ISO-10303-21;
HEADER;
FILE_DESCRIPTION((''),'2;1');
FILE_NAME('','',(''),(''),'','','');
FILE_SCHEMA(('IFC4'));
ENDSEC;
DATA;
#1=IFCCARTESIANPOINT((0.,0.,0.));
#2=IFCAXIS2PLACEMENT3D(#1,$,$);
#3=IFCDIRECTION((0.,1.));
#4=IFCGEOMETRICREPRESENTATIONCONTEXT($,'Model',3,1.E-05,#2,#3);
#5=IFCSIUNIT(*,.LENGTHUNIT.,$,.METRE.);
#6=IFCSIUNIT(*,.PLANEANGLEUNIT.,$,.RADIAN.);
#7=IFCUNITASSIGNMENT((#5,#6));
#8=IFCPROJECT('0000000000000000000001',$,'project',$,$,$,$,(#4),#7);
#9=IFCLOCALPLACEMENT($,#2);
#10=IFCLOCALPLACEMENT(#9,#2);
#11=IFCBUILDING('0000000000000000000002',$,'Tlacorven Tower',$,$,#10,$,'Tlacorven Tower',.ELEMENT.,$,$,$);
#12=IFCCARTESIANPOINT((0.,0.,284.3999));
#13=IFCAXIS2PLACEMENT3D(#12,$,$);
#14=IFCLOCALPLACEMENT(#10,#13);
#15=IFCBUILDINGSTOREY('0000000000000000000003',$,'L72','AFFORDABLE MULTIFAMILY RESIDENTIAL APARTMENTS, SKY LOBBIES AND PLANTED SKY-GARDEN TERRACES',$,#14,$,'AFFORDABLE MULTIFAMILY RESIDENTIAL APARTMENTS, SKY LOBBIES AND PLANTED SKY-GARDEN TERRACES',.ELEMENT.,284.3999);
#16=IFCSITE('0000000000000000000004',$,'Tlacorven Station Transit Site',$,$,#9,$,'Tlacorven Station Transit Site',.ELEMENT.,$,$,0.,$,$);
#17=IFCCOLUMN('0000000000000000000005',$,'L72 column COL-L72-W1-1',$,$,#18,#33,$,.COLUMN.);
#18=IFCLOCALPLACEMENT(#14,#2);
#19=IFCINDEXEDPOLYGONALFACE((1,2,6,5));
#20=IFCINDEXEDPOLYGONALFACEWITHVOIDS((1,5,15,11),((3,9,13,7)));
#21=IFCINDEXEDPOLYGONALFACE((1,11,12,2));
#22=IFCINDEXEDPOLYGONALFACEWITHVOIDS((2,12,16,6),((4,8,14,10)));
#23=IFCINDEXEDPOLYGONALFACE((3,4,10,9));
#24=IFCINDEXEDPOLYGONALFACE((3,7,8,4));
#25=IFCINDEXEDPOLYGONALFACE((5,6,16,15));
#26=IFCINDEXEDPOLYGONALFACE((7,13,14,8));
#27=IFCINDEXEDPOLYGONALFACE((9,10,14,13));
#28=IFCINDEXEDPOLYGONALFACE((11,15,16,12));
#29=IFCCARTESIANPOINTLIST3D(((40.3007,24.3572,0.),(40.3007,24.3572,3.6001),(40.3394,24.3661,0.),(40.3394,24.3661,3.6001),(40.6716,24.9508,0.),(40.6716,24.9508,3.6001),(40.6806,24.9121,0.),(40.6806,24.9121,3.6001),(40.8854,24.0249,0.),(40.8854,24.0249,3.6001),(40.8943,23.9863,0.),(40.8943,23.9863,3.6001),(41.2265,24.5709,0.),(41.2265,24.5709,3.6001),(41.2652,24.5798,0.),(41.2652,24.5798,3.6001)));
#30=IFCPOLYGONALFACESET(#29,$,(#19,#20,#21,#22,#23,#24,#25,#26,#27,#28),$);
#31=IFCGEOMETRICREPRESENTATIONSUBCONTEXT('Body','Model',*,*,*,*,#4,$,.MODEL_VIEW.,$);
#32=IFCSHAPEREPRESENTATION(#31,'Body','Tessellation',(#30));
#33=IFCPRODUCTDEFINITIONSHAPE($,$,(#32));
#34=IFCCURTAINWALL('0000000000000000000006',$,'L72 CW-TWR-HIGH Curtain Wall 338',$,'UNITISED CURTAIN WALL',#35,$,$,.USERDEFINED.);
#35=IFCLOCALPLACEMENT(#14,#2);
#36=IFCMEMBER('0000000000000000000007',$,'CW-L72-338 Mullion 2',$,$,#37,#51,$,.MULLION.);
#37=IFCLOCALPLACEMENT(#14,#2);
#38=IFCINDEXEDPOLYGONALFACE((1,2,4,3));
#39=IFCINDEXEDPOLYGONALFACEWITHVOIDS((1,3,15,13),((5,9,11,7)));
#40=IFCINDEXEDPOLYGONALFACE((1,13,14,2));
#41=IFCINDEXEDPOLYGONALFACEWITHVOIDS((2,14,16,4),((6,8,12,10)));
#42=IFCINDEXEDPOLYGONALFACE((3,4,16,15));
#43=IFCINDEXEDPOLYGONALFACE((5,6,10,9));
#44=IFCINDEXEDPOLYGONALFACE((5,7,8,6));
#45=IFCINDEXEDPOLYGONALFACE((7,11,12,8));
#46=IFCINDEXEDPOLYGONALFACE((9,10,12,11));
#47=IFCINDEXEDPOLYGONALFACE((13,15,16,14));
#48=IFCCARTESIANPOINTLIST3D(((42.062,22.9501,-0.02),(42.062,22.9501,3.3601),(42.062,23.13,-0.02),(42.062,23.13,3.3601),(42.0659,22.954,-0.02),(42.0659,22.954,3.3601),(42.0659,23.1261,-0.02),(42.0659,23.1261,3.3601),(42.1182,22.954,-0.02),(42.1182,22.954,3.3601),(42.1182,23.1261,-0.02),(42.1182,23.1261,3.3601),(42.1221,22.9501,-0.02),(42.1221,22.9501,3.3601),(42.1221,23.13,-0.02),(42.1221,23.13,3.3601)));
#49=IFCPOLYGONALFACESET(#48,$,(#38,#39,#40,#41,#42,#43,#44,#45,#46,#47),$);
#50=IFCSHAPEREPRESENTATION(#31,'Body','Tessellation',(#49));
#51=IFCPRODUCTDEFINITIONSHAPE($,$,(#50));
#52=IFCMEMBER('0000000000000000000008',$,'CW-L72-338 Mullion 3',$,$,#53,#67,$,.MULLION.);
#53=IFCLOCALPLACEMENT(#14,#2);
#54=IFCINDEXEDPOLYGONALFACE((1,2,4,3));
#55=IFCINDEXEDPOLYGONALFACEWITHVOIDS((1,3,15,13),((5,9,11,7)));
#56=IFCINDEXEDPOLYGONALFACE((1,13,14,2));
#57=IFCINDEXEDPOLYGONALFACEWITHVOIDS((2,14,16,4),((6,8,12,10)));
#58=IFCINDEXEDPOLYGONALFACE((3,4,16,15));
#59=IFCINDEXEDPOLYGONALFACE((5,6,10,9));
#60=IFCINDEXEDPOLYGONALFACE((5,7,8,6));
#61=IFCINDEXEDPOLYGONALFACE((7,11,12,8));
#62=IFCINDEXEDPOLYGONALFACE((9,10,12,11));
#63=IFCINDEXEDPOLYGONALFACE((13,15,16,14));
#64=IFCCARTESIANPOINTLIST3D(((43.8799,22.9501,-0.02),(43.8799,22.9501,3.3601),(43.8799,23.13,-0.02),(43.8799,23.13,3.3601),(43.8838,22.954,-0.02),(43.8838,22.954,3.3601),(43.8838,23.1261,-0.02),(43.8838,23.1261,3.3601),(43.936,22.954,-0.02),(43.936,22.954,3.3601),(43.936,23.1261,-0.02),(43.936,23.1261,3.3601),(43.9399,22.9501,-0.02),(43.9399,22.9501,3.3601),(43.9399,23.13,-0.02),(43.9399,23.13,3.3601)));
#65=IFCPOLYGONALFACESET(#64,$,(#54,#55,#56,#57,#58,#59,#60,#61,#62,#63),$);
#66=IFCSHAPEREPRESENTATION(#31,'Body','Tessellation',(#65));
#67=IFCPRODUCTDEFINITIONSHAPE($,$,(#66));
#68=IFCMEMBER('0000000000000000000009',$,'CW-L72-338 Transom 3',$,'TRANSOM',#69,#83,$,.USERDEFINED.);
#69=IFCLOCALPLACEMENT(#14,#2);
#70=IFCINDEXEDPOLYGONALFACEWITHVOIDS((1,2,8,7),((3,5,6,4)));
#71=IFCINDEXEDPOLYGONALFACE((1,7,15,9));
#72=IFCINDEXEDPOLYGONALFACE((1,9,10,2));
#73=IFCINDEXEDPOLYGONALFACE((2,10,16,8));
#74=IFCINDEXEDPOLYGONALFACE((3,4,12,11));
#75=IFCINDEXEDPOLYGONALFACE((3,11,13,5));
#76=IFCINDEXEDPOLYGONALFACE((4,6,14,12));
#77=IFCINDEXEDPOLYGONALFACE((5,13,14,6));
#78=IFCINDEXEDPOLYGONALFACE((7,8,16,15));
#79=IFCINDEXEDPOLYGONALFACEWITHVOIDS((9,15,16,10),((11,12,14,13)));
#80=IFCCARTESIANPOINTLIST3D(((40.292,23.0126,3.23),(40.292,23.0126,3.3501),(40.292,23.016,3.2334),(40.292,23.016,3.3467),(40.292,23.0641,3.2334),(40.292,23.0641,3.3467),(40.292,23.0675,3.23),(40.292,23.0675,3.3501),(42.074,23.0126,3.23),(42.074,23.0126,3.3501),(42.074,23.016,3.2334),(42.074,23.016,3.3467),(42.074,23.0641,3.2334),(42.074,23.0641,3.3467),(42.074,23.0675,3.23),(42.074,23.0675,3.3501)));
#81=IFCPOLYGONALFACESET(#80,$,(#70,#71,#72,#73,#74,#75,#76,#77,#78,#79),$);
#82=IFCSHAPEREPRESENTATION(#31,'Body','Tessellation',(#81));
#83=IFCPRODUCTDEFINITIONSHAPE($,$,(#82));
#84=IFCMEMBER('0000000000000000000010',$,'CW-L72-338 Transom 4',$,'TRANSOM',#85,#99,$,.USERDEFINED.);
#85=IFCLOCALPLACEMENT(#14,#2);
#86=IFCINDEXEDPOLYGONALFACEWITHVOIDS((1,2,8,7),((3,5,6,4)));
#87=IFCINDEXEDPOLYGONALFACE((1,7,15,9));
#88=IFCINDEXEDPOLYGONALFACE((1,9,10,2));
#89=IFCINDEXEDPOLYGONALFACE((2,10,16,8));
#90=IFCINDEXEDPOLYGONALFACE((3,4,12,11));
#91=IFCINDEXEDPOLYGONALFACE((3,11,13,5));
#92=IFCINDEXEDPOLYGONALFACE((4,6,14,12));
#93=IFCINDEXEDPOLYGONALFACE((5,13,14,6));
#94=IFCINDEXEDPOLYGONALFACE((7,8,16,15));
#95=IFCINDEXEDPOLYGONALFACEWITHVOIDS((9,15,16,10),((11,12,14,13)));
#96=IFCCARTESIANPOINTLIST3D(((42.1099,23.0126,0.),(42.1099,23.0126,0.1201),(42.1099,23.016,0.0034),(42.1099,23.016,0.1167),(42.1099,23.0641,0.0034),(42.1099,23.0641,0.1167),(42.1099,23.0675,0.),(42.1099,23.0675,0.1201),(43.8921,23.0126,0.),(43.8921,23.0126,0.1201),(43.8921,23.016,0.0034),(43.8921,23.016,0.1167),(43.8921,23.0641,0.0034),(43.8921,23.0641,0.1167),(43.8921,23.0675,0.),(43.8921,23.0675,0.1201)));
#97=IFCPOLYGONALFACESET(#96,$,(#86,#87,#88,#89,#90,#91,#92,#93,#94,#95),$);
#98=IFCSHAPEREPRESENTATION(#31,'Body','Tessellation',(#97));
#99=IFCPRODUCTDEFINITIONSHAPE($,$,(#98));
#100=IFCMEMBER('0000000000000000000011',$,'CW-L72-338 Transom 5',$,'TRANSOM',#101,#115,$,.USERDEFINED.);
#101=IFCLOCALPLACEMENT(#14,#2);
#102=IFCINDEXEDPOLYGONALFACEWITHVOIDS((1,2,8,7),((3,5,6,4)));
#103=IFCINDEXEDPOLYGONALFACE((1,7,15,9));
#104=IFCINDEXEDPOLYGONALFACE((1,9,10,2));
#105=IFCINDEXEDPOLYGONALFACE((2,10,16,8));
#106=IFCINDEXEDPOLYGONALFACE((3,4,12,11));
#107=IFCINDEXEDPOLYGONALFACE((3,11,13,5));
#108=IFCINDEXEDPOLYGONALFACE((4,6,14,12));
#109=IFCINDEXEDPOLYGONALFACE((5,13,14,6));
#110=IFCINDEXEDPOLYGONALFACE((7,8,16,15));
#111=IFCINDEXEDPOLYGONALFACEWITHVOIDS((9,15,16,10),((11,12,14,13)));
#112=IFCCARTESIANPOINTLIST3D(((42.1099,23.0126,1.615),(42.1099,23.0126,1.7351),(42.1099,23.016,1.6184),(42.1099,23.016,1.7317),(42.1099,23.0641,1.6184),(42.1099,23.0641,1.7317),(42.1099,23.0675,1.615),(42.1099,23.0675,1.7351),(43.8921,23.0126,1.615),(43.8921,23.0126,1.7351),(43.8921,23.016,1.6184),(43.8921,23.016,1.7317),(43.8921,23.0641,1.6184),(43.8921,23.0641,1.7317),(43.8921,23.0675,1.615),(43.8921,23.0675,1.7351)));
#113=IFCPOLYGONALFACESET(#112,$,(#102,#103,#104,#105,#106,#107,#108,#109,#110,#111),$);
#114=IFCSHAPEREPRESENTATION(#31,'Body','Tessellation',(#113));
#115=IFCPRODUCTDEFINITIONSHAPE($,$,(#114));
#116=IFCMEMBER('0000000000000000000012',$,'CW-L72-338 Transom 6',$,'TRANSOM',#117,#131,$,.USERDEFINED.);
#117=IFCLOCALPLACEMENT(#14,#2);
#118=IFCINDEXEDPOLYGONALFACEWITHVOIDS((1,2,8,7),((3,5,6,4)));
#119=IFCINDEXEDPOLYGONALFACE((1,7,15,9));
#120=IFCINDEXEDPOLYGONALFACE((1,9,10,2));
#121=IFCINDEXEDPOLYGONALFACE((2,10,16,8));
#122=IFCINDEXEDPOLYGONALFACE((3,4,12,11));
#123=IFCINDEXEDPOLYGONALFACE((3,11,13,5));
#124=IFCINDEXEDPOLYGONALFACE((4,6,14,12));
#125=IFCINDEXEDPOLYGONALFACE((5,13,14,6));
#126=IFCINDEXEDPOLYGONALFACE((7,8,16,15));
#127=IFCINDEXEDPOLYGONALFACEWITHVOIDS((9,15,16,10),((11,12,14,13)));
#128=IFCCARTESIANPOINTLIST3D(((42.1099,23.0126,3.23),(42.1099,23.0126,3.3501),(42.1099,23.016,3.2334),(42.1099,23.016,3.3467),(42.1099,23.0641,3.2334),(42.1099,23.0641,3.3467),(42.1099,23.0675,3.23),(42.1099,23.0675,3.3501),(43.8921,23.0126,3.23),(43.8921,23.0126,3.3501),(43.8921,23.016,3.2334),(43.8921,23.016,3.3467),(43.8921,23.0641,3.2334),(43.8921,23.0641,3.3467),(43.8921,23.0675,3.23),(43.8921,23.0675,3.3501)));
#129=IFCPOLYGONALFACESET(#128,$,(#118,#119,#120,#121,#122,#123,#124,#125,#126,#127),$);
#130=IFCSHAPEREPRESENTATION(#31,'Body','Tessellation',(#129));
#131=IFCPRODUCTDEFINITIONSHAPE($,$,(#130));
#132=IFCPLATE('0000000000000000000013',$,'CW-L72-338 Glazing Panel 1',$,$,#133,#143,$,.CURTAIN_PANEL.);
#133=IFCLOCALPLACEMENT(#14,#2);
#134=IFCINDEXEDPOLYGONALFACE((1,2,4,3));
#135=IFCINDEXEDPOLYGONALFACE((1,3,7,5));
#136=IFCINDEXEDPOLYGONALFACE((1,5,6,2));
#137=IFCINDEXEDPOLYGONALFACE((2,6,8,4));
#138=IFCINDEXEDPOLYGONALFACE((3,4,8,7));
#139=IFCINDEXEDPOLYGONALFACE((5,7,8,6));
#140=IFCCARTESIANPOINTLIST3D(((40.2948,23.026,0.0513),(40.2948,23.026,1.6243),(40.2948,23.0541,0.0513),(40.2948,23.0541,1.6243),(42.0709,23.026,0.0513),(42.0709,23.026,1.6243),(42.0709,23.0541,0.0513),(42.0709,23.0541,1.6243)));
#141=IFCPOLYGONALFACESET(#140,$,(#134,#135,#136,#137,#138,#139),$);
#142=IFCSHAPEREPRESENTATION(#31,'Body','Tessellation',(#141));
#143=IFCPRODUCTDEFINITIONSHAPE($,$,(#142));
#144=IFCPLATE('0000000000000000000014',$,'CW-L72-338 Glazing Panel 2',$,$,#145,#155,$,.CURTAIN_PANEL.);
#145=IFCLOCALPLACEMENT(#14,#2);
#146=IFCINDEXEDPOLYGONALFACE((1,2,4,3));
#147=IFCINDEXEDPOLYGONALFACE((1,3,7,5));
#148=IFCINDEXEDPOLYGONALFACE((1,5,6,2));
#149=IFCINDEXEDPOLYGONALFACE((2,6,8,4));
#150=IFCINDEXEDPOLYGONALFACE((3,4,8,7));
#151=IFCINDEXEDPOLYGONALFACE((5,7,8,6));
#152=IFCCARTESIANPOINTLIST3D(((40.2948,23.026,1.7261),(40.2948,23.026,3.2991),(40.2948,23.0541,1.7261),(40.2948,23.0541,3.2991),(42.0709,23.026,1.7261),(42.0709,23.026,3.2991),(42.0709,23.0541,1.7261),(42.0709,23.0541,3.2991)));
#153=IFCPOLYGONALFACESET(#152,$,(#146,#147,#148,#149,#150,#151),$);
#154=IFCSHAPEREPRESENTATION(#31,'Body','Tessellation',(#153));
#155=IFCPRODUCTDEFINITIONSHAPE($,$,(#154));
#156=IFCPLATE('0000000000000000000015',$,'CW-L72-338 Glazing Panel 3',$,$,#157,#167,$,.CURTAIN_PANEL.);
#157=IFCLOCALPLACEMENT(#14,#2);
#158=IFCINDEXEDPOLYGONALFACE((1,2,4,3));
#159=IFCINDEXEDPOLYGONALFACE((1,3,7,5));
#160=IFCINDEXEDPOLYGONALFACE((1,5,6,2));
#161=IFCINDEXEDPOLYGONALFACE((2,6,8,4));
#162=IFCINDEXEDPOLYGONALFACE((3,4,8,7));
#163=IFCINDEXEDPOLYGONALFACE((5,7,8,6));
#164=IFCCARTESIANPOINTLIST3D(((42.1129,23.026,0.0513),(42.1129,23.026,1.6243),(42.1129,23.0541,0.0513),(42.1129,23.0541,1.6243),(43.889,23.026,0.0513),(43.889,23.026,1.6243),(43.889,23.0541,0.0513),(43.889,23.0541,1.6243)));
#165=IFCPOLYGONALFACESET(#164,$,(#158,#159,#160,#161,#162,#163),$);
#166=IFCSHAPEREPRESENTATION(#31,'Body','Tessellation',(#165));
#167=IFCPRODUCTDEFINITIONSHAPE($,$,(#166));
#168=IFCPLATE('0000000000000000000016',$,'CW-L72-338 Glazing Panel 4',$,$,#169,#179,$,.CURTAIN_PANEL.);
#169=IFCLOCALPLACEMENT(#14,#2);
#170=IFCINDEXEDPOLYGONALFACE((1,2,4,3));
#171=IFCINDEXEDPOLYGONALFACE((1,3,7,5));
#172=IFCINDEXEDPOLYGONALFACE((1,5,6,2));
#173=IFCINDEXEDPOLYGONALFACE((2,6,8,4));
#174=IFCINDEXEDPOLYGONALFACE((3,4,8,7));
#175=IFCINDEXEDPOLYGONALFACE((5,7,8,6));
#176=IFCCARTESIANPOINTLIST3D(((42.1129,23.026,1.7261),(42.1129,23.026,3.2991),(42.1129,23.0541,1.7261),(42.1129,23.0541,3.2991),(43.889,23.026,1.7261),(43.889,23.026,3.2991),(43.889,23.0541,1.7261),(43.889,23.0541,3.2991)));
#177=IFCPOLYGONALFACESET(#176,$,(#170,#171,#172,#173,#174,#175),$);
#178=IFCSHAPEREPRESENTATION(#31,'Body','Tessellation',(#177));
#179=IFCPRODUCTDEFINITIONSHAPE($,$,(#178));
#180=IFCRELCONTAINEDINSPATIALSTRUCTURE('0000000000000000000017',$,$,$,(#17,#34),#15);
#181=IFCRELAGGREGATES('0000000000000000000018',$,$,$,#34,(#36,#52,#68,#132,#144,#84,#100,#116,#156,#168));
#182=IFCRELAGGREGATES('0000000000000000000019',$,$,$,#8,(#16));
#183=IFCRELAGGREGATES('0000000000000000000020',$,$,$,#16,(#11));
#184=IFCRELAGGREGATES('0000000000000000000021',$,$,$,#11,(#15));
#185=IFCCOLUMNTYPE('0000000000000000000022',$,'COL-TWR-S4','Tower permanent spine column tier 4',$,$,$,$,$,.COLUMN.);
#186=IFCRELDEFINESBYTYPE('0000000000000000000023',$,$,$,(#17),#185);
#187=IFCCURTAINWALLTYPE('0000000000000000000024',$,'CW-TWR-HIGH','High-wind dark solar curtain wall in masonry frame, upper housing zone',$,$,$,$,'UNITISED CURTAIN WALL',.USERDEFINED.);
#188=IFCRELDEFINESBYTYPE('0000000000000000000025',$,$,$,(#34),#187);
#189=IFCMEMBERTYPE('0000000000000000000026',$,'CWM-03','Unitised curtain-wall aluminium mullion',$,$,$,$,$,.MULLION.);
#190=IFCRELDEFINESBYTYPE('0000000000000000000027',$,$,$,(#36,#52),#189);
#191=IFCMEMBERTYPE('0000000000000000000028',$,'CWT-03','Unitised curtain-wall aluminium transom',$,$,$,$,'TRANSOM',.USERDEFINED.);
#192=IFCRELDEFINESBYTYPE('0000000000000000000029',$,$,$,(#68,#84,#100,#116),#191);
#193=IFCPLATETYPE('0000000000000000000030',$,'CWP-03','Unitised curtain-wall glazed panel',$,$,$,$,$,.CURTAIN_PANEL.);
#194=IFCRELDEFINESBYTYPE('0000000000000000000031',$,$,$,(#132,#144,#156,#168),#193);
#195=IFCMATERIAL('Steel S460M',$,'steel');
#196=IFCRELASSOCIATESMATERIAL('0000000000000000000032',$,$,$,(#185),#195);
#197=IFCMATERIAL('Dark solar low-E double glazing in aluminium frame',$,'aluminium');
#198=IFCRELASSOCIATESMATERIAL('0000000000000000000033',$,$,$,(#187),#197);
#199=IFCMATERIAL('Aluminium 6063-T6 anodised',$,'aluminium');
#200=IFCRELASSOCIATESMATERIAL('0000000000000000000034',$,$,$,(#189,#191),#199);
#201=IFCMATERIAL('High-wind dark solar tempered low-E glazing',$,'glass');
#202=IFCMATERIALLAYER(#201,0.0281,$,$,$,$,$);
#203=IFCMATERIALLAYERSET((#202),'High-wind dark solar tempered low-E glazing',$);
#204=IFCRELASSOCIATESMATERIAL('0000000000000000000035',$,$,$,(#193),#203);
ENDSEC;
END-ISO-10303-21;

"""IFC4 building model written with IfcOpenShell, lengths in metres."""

from ifc_helpers import new_model, si_unit, direction, frame, origin, origin_2d, place, context, subcontext, project, spatial, rectangle, hollow_rectangle, extrude, source, transform, mapped, material, layer, layer_set, material_profile, profile_set, type_object, element, aggregate, save


model = new_model("IFC4")

# Units and contexts
model_context = context("Model", 3, precision=1e-05, world=origin(), true_north=direction((0.0, 1.0)))
body_context = subcontext(model_context, "Body", "Model", "MODEL_VIEW")
ifc_project = project(units=[si_unit("LENGTHUNIT", "METRE"), si_unit("PLANEANGLEUNIT", "RADIAN")], contexts=[model_context])

# Site, building, storey
site_placement = place(None, origin())
site = spatial("IfcSite", under=ifc_project, at=site_placement, Name="Tlacorven Station Transit Site", LongName="Tlacorven Station Transit Site", CompositionType="ELEMENT", RefElevation=0.0)
building_placement = place(site_placement, origin())
building = spatial("IfcBuilding", under=site, at=building_placement, Name="Tlacorven Tower", LongName="Tlacorven Tower", CompositionType="ELEMENT")
storey_placement = place(building_placement, frame((0.0, 0.0, 284.3999)))
storey = spatial("IfcBuildingStorey", under=building, at=storey_placement, Name="L72", Description="AFFORDABLE MULTIFAMILY RESIDENTIAL APARTMENTS, SKY LOBBIES AND PLANTED SKY-GARDEN TERRACES", LongName="AFFORDABLE MULTIFAMILY RESIDENTIAL APARTMENTS, SKY LOBBIES AND PLANTED SKY-GARDEN TERRACES", CompositionType="ELEMENT", Elevation=284.3999)

# Column
ifc_material_1 = material(Name="Steel S460M", Category="steel")
ifc_material_profile_1 = material_profile(ifc_material_1, hollow_rectangle(XDim=0.7, YDim=0.7, WallThickness=0.0281, at=origin_2d()), Name="BOX 700X700X28")
ifc_profile_set_1 = profile_set([ifc_material_profile_1], Name="Steel S460M")
column_type = type_object("IfcColumnType", Name="COL-TWR-S4", Description="Tower permanent spine column tier 4", PredefinedType="COLUMN", material=ifc_profile_set_1)
shared_shape_1 = source(origin(), body_context, "Body", "SweptSolid", [
    extrude(hollow_rectangle(XDim=0.7, YDim=0.7, WallThickness=0.0281, at=origin_2d()), origin(), (0.0, 0.0, 1.0), 3.6001),
])
column_placement = place(storey_placement, frame((40.783, 24.4685, 0.0), z_axis=(0.0, 0.0, 1.0), x_axis=(-0.848048, 0.529919, 0.0)))
element("IfcColumn", 1, at=column_placement, inside=storey, type_object=column_type, Name="L72 column COL-L72-W1-1", PredefinedType="COLUMN", context=body_context, shape_type="MappedRepresentation", body=[
    mapped(shared_shape_1, transform((0.0, 0.0, 0.0), scale=1.0)),
])

# Curtain wall, members, plates
ifc_material_2 = material(Name="Dark solar low-E double glazing in aluminium frame", Category="aluminium")
curtain_wall_type = type_object("IfcCurtainWallType", Name="CW-TWR-HIGH", Description="High-wind dark solar curtain wall in masonry frame, upper housing zone", ElementType="UNITISED CURTAIN WALL", PredefinedType="USERDEFINED", material=ifc_material_2)
curtain_wall_placement = place(storey_placement, origin())
curtain_wall = element("IfcCurtainWall", 2, at=curtain_wall_placement, inside=storey, type_object=curtain_wall_type, Name="L72 CW-TWR-HIGH Curtain Wall 338", ObjectType="UNITISED CURTAIN WALL", PredefinedType="USERDEFINED")
ifc_material_3 = material(Name="Aluminium 6063-T6 anodised", Category="aluminium")
ifc_material_profile_2 = material_profile(ifc_material_3, hollow_rectangle(XDim=0.0601, YDim=0.1799, WallThickness=0.0039, at=origin_2d()), Name="ALU MULLION 60X180")
ifc_profile_set_2 = profile_set([ifc_material_profile_2], Name="Aluminium 6063-T6 anodised")
member_type_1 = type_object("IfcMemberType", Name="CWM-03", Description="Unitised curtain-wall aluminium mullion", PredefinedType="MULLION", material=ifc_profile_set_2)
shared_shape_2 = source(origin(), body_context, "Body", "SweptSolid", [
    extrude(hollow_rectangle(XDim=0.0601, YDim=0.1799, WallThickness=0.0039, at=origin_2d()), origin(), (0.0, 0.0, 1.0), 3.3801),
])
member_1_placement = place(storey_placement, frame((42.092, 23.04, -0.02), z_axis=(0.0, 0.0, 1.0), x_axis=(1.0, 0.0, 0.0)))
member_1 = element("IfcMember", 3, at=member_1_placement, type_object=member_type_1, Name="CW-L72-338 Mullion 2", PredefinedType="MULLION", context=body_context, shape_type="MappedRepresentation", body=[
    mapped(shared_shape_2, transform((0.0, 0.0, 0.0), scale=1.0)),
])
member_2_placement = place(storey_placement, frame((43.9099, 23.04, -0.02), z_axis=(0.0, 0.0, 1.0), x_axis=(1.0, 0.0, 0.0)))
member_2 = element("IfcMember", 4, at=member_2_placement, type_object=member_type_1, Name="CW-L72-338 Mullion 3", PredefinedType="MULLION", context=body_context, shape_type="MappedRepresentation", body=[
    mapped(shared_shape_2, transform((0.0, 0.0, 0.0), scale=1.0)),
])
ifc_material_profile_3 = material_profile(ifc_material_3, hollow_rectangle(XDim=0.0549, YDim=0.1201, WallThickness=0.0034, at=origin_2d()), Name="ALU TRANSOM 55X120")
ifc_profile_set_3 = profile_set([ifc_material_profile_3], Name="Aluminium 6063-T6 anodised")
member_type_2 = type_object("IfcMemberType", Name="CWT-03", Description="Unitised curtain-wall aluminium transom", ElementType="TRANSOM", PredefinedType="USERDEFINED", material=ifc_profile_set_3)
shared_shape_3 = source(origin(), body_context, "Body", "SweptSolid", [
    extrude(hollow_rectangle(XDim=0.0549, YDim=0.1201, WallThickness=0.0034, at=origin_2d()), origin(), (0.0, 0.0, 1.0), 1.782),
])
member_3_placement = place(storey_placement, frame((40.292, 23.04, 3.29), z_axis=(1.0, 0.0, 0.0), x_axis=(0.0, 1.0, 0.0)))
member_3 = element("IfcMember", 5, at=member_3_placement, type_object=member_type_2, Name="CW-L72-338 Transom 3", ObjectType="TRANSOM", PredefinedType="USERDEFINED", context=body_context, shape_type="MappedRepresentation", body=[
    mapped(shared_shape_3, transform((0.0, 0.0, 0.0), scale=1.0)),
])
shared_shape_4 = source(origin(), body_context, "Body", "SweptSolid", [
    extrude(hollow_rectangle(XDim=0.0549, YDim=0.1201, WallThickness=0.0034, at=origin_2d()), origin(), (0.0, 0.0, 1.0), 1.7822),
])
member_4_placement = place(storey_placement, frame((42.1099, 23.04, 0.0601), z_axis=(1.0, 0.0, 0.0), x_axis=(0.0, 1.0, 0.0)))
member_4 = element("IfcMember", 6, at=member_4_placement, type_object=member_type_2, Name="CW-L72-338 Transom 4", ObjectType="TRANSOM", PredefinedType="USERDEFINED", context=body_context, shape_type="MappedRepresentation", body=[
    mapped(shared_shape_4, transform((0.0, 0.0, 0.0), scale=1.0)),
])
member_5_placement = place(storey_placement, frame((42.1099, 23.04, 1.675), z_axis=(1.0, 0.0, 0.0), x_axis=(0.0, 1.0, 0.0)))
member_5 = element("IfcMember", 7, at=member_5_placement, type_object=member_type_2, Name="CW-L72-338 Transom 5", ObjectType="TRANSOM", PredefinedType="USERDEFINED", context=body_context, shape_type="MappedRepresentation", body=[
    mapped(shared_shape_4, transform((0.0, 0.0, 0.0), scale=1.0)),
])
member_6_placement = place(storey_placement, frame((42.1099, 23.04, 3.29), z_axis=(1.0, 0.0, 0.0), x_axis=(0.0, 1.0, 0.0)))
member_6 = element("IfcMember", 8, at=member_6_placement, type_object=member_type_2, Name="CW-L72-338 Transom 6", ObjectType="TRANSOM", PredefinedType="USERDEFINED", context=body_context, shape_type="MappedRepresentation", body=[
    mapped(shared_shape_4, transform((0.0, 0.0, 0.0), scale=1.0)),
])
ifc_material_4 = material(Name="High-wind dark solar tempered low-E glazing", Category="glass")
ifc_layer_1 = layer(ifc_material_4, 0.0281)
ifc_layer_set_1 = layer_set([ifc_layer_1], Name="High-wind dark solar tempered low-E glazing")
plate_type = type_object("IfcPlateType", Name="CWP-03", Description="Unitised curtain-wall glazed panel", PredefinedType="CURTAIN_PANEL", material=ifc_layer_set_1)
shared_shape_5 = source(origin(), body_context, "Body", "SweptSolid", [
    extrude(rectangle(XDim=1.7761, YDim=0.0281, at=origin_2d()), origin(), (0.0, 0.0, 1.0), 1.573),
])
plate_1_placement = place(storey_placement, frame((41.1829, 23.04, 0.0513), z_axis=(0.0, 0.0, 1.0), x_axis=(1.0, 0.0, 0.0)))
plate_1 = element("IfcPlate", 9, at=plate_1_placement, type_object=plate_type, Name="CW-L72-338 Glazing Panel 1", PredefinedType="CURTAIN_PANEL", context=body_context, shape_type="MappedRepresentation", body=[
    mapped(shared_shape_5, transform((0.0, 0.0, 0.0), scale=1.0)),
])
plate_2_placement = place(storey_placement, frame((41.1829, 23.04, 1.7261), z_axis=(0.0, 0.0, 1.0), x_axis=(1.0, 0.0, 0.0)))
plate_2 = element("IfcPlate", 10, at=plate_2_placement, type_object=plate_type, Name="CW-L72-338 Glazing Panel 2", PredefinedType="CURTAIN_PANEL", context=body_context, shape_type="MappedRepresentation", body=[
    mapped(shared_shape_5, transform((0.0, 0.0, 0.0), scale=1.0)),
])
plate_3_placement = place(storey_placement, frame((43.001, 23.04, 0.0513), z_axis=(0.0, 0.0, 1.0), x_axis=(1.0, 0.0, 0.0)))
plate_3 = element("IfcPlate", 11, at=plate_3_placement, type_object=plate_type, Name="CW-L72-338 Glazing Panel 3", PredefinedType="CURTAIN_PANEL", context=body_context, shape_type="MappedRepresentation", body=[
    mapped(shared_shape_5, transform((0.0, 0.0, 0.0), scale=1.0)),
])
plate_4_placement = place(storey_placement, frame((43.001, 23.04, 1.7261), z_axis=(0.0, 0.0, 1.0), x_axis=(1.0, 0.0, 0.0)))
plate_4 = element("IfcPlate", 12, at=plate_4_placement, type_object=plate_type, Name="CW-L72-338 Glazing Panel 4", PredefinedType="CURTAIN_PANEL", context=body_context, shape_type="MappedRepresentation", body=[
    mapped(shared_shape_5, transform((0.0, 0.0, 0.0), scale=1.0)),
])
aggregate(curtain_wall, [member_1, member_2, member_3, plate_1, plate_2, member_4, member_5, member_6, plate_3, plate_4])

save(model, "model.ifc")
